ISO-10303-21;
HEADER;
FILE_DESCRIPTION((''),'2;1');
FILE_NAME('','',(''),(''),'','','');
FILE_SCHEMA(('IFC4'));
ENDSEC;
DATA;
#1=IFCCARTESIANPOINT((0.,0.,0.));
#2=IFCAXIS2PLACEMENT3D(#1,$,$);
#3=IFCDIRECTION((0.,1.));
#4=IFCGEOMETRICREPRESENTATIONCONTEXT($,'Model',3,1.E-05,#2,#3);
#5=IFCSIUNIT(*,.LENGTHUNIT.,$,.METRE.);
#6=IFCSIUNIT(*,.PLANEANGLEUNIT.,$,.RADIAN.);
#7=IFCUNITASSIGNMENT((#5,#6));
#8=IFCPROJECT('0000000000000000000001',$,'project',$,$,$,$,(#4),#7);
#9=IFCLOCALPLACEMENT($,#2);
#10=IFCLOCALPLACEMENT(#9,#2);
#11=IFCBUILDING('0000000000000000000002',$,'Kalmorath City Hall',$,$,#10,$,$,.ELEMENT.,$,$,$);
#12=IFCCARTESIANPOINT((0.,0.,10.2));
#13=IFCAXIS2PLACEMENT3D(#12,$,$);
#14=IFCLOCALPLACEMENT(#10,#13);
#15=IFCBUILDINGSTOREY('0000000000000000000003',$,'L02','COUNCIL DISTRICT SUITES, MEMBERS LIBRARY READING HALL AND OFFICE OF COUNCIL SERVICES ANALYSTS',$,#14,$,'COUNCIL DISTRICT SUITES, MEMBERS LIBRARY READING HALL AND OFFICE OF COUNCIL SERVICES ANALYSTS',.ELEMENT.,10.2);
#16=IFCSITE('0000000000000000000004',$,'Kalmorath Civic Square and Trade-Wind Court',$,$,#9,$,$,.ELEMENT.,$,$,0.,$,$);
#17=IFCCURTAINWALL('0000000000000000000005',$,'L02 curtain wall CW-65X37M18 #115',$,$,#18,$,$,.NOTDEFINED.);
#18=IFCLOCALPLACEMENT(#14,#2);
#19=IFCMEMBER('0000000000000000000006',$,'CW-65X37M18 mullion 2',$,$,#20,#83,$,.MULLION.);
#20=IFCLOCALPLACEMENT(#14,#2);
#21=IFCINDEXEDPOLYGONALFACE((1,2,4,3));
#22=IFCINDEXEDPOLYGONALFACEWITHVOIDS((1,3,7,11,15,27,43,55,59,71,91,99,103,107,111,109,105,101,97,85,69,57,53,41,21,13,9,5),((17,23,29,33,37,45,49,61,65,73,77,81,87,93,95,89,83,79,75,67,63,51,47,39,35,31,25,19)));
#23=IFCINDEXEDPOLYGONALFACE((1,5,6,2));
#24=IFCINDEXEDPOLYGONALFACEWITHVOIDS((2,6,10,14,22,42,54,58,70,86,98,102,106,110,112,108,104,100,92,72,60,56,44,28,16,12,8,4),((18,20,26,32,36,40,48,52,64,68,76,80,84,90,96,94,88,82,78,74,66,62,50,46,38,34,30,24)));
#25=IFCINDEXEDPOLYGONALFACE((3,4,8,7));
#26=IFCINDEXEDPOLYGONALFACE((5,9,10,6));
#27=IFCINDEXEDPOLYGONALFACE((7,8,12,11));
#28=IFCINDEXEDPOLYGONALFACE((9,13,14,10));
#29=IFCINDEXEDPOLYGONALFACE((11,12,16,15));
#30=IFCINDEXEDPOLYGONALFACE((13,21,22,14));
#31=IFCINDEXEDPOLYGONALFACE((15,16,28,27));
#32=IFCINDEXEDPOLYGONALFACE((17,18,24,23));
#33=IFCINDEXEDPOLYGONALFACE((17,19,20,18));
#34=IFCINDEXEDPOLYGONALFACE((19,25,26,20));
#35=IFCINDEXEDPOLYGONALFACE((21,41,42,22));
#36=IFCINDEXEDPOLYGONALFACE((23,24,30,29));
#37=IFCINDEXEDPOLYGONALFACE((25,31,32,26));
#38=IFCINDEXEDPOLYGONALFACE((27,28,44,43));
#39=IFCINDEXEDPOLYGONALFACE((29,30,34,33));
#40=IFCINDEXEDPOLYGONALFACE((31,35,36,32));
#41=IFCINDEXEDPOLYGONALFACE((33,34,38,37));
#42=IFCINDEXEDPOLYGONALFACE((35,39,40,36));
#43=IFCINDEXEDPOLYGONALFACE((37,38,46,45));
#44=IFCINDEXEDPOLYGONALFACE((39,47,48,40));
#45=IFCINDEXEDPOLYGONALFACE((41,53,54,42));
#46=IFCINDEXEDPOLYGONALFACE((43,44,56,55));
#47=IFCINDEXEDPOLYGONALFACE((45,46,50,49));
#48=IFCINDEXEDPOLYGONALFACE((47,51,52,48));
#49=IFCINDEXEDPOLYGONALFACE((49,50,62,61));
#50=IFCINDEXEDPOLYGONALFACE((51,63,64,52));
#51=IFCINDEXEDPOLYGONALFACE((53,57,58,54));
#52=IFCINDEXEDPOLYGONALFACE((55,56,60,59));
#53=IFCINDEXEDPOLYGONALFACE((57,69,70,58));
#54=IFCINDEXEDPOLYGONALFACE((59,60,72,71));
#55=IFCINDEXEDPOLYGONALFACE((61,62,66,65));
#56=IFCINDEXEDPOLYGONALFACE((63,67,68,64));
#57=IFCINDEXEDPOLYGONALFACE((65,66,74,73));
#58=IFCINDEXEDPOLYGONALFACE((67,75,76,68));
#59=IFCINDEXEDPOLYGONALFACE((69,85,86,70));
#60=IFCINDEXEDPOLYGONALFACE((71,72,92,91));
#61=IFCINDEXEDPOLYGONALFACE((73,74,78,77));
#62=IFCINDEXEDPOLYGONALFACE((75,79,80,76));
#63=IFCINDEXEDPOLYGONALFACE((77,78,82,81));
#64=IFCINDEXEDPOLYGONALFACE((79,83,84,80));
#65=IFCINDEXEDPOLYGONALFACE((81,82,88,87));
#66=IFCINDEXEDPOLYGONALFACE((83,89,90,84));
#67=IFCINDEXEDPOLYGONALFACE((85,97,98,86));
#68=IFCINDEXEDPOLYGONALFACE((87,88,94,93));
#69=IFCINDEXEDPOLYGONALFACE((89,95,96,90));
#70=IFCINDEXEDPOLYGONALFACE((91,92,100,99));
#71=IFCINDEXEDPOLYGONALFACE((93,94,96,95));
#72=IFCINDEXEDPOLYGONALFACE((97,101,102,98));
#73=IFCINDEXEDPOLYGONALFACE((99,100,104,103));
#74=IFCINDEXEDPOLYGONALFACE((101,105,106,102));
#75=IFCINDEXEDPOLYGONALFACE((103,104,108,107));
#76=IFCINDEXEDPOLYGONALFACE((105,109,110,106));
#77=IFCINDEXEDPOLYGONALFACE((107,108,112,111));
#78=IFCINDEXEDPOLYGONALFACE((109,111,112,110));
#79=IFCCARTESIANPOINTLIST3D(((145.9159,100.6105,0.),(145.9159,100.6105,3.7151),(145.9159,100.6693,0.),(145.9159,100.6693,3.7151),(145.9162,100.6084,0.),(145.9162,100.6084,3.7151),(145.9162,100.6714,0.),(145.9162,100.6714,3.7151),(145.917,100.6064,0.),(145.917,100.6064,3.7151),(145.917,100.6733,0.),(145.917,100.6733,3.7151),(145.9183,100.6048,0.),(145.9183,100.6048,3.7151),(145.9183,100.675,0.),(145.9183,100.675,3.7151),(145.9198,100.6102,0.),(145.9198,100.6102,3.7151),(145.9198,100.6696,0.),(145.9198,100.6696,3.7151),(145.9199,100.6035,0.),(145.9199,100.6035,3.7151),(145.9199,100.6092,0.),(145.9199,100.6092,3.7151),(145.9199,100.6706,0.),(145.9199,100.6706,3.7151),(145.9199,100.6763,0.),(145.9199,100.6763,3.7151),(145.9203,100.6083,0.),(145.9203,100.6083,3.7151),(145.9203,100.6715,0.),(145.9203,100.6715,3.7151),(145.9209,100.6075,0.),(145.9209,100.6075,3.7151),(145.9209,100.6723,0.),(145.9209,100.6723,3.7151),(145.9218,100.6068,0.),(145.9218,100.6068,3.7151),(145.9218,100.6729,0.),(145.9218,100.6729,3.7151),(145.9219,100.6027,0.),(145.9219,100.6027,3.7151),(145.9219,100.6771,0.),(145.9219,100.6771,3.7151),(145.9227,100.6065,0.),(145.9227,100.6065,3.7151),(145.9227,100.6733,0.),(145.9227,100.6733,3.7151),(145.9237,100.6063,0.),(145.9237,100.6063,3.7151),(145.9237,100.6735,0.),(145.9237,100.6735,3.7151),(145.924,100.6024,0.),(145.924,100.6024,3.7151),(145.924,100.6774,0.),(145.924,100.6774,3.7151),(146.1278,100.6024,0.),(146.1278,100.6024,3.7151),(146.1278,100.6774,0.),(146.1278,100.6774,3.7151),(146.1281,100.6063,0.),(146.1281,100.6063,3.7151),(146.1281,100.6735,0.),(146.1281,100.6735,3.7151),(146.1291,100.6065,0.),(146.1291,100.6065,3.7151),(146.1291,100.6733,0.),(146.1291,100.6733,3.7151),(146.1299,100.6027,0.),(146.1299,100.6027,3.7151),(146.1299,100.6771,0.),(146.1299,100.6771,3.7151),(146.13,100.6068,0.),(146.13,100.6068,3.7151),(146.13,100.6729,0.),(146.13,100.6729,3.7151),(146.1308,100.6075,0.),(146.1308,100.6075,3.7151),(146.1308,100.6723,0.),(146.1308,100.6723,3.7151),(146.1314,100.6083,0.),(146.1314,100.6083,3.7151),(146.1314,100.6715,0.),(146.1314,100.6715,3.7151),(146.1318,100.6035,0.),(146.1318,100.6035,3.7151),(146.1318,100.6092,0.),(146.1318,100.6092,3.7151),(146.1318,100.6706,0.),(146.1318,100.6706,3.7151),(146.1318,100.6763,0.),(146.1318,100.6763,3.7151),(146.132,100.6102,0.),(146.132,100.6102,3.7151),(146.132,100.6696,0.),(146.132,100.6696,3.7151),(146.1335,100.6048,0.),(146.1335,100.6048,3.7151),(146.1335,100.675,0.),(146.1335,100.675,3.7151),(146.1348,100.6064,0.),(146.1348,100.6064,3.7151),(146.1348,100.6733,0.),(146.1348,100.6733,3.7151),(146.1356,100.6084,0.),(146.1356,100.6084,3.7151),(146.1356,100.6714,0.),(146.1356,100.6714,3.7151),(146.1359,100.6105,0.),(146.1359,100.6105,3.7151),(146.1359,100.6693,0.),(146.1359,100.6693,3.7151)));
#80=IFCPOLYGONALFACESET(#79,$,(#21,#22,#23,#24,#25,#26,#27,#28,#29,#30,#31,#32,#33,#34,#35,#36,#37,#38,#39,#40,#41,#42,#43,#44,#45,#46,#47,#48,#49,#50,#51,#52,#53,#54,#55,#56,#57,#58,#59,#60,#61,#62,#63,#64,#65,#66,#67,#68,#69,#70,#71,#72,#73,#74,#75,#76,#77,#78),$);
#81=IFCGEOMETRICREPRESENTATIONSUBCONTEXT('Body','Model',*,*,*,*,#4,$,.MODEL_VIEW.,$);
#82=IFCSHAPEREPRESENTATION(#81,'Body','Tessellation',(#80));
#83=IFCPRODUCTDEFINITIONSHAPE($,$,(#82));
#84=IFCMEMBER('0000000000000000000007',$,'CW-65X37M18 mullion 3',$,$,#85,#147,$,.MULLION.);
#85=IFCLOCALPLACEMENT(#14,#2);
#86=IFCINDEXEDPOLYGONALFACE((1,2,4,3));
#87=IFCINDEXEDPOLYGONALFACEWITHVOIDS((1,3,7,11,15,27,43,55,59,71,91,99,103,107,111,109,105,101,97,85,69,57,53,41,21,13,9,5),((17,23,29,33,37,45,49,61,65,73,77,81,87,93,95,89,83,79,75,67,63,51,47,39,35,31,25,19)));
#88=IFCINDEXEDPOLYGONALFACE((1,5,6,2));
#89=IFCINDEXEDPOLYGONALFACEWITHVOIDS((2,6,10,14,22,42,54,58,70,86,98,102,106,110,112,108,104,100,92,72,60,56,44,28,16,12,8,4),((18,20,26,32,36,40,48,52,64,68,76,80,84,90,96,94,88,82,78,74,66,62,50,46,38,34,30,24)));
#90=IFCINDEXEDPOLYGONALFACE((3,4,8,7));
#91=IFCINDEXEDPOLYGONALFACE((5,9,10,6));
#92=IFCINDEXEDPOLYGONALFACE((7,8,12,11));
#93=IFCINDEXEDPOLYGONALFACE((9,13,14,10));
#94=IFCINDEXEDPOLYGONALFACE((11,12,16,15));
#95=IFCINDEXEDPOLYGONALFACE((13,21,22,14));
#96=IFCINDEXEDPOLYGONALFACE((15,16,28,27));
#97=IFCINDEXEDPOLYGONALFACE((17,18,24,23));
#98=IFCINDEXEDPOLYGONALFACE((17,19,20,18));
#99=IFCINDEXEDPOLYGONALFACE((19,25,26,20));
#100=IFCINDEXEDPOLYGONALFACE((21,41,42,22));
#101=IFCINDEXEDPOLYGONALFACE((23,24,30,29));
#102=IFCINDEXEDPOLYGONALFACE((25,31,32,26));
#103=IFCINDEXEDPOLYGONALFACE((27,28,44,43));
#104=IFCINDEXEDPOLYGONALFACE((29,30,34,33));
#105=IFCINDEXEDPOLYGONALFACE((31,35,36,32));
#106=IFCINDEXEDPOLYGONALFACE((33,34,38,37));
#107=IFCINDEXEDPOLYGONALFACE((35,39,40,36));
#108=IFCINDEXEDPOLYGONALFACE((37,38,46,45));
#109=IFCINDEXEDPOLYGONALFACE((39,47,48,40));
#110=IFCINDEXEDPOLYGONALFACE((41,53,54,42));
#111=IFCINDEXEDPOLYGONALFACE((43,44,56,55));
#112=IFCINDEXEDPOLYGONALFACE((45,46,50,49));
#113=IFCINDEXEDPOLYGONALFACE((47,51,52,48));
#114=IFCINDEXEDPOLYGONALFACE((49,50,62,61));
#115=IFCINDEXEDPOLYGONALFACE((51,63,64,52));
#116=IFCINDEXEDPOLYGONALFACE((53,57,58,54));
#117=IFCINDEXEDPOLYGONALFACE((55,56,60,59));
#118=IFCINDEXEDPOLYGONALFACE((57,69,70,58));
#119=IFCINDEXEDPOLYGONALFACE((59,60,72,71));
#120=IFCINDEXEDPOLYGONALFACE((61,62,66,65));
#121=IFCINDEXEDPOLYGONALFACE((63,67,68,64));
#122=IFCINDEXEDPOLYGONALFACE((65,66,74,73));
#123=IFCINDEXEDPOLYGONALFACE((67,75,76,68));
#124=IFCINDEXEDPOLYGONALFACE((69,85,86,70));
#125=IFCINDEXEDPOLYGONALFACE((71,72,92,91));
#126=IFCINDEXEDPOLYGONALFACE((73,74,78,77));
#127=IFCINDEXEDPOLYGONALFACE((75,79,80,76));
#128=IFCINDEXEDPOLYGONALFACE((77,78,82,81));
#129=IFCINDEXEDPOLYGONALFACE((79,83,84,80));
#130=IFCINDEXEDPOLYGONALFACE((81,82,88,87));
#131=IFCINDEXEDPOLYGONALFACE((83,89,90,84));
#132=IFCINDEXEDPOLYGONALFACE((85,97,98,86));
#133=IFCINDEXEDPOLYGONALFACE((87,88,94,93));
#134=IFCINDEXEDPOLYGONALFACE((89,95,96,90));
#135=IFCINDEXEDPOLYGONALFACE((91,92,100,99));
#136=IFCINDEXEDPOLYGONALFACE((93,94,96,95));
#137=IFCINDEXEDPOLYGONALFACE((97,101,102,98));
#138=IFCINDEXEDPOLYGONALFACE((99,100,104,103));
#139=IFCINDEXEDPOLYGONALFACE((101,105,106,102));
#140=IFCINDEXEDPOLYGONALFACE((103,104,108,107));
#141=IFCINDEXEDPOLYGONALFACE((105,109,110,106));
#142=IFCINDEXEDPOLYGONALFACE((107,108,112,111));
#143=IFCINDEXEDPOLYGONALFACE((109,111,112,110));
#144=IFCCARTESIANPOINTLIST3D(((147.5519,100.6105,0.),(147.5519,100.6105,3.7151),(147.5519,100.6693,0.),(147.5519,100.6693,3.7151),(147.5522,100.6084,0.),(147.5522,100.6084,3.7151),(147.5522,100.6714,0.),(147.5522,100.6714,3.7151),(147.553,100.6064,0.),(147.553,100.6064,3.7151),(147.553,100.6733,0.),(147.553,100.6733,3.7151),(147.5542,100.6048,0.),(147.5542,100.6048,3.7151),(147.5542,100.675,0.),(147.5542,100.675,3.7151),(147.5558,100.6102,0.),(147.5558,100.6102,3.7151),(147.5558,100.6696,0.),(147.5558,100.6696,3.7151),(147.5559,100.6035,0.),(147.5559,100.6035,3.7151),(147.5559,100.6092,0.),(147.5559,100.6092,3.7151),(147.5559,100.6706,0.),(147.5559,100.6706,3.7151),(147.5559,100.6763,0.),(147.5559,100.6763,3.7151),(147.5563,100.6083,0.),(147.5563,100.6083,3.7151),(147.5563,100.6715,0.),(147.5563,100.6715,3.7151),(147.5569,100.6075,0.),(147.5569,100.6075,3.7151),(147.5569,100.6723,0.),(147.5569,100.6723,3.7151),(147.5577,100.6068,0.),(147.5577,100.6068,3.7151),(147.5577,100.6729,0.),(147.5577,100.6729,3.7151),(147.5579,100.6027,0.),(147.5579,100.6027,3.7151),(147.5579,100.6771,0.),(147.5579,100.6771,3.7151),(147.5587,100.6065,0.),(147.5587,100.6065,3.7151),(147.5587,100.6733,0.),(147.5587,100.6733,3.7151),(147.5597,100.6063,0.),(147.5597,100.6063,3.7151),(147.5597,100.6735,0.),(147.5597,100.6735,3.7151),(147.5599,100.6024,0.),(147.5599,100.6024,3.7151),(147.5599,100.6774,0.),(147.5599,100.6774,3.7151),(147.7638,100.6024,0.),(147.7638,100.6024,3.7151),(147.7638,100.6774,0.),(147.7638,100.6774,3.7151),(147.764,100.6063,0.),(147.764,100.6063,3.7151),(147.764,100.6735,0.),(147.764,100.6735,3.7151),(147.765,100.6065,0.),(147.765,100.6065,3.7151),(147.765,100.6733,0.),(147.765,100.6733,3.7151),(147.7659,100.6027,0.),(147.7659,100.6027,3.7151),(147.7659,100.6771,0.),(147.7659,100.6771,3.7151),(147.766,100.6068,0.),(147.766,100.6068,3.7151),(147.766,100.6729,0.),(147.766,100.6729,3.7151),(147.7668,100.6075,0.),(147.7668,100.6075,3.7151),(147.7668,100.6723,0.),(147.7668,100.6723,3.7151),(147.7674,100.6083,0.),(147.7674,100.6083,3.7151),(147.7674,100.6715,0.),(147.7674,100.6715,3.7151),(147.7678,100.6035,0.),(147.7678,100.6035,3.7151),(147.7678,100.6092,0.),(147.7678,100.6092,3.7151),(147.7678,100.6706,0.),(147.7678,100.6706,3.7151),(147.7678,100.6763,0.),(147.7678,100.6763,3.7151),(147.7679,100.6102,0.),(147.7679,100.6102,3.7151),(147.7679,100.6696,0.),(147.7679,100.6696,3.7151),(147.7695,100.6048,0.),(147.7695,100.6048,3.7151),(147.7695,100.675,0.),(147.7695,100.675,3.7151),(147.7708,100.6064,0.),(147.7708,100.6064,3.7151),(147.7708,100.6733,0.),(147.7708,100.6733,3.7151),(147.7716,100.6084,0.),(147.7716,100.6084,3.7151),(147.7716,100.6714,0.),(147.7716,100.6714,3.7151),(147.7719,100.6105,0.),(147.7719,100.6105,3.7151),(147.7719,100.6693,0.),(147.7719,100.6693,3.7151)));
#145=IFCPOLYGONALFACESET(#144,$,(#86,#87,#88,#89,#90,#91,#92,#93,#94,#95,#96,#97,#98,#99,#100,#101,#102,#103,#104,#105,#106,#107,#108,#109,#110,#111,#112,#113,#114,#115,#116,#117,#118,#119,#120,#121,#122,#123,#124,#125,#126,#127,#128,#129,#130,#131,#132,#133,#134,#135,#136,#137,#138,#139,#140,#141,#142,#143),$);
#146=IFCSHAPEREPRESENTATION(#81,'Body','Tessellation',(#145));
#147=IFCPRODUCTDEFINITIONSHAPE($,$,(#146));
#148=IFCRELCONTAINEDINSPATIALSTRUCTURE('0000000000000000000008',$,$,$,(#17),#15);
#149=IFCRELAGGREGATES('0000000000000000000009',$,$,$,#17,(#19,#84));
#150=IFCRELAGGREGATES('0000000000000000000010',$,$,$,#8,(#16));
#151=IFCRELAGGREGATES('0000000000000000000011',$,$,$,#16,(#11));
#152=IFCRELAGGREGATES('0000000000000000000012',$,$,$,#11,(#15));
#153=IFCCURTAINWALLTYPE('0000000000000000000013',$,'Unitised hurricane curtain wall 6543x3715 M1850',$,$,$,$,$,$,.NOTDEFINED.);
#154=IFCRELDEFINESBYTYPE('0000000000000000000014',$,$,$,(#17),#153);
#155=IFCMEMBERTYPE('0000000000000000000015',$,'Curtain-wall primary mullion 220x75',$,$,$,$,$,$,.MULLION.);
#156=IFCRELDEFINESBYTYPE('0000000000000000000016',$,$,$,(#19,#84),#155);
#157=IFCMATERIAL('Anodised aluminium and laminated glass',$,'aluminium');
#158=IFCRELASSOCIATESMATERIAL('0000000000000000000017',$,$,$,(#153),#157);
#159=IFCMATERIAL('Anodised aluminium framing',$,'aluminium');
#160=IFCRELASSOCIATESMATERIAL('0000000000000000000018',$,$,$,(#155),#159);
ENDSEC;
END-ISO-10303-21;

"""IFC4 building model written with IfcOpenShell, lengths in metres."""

from ifc_helpers import new_model, si_unit, direction, frame, origin, origin_2d, place, context, subcontext, project, spatial, hollow_rectangle, extrude, material, material_profile, profile_set, type_object, element, aggregate, save


model = new_model("IFC4")

# Units and contexts
model_context = context("Model", 3, precision=1e-05, world=origin(), true_north=direction((0.0, 1.0)))
body_context = subcontext(model_context, "Body", "Model", "MODEL_VIEW")
ifc_project = project(units=[si_unit("LENGTHUNIT", "METRE"), si_unit("PLANEANGLEUNIT", "RADIAN")], contexts=[model_context])

# Site, building, storey
site_placement = place(None, origin())
site = spatial("IfcSite", under=ifc_project, at=site_placement, Name="Kalmorath Civic Square and Trade-Wind Court", CompositionType="ELEMENT", RefElevation=0.0)
building_placement = place(site_placement, origin())
building = spatial("IfcBuilding", under=site, at=building_placement, Name="Kalmorath City Hall", CompositionType="ELEMENT")
storey_placement = place(building_placement, frame((0.0, 0.0, 10.2)))
storey = spatial("IfcBuildingStorey", under=building, at=storey_placement, Name="L02", Description="COUNCIL DISTRICT SUITES, MEMBERS LIBRARY READING HALL AND OFFICE OF COUNCIL SERVICES ANALYSTS", LongName="COUNCIL DISTRICT SUITES, MEMBERS LIBRARY READING HALL AND OFFICE OF COUNCIL SERVICES ANALYSTS", CompositionType="ELEMENT", Elevation=10.2)

# Curtain wall, members
ifc_material_1 = material(Name="Anodised aluminium and laminated glass", Category="aluminium")
curtain_wall_type = type_object("IfcCurtainWallType", Name="Unitised hurricane curtain wall 6543x3715 M1850", PredefinedType="NOTDEFINED", material=ifc_material_1)
curtain_wall_placement = place(storey_placement, origin())
curtain_wall = element("IfcCurtainWall", 1, at=curtain_wall_placement, inside=storey, type_object=curtain_wall_type, Name="L02 curtain wall CW-65X37M18 #115", PredefinedType="NOTDEFINED")
ifc_material_2 = material(Name="Anodised aluminium framing", Category="aluminium")
ifc_material_profile_1 = material_profile(ifc_material_2, hollow_rectangle(XDim=0.075, YDim=0.22, WallThickness=0.0039, InnerFilletRadius=0.0039, OuterFilletRadius=0.0081, at=origin_2d()), Name="ALU-MUL-220X75X4")
ifc_profile_set_1 = profile_set([ifc_material_profile_1], Name="Anodised aluminium framing")
member_type_1 = type_object("IfcMemberType", Name="Curtain-wall primary mullion 220x75", PredefinedType="MULLION", material=ifc_profile_set_1)
member_1_placement = place(storey_placement, frame((146.0259, 100.6399, 0.0), z_axis=(0.0, 0.0, 1.0), x_axis=(0.0, 1.0, 0.0)))
member_1 = element("IfcMember", 2, at=member_1_placement, type_object=member_type_1, Name="CW-65X37M18 mullion 2", PredefinedType="MULLION", context=body_context, shape_type="SweptSolid", body=[
    extrude(hollow_rectangle(XDim=0.075, YDim=0.22, WallThickness=0.0039, InnerFilletRadius=0.0039, OuterFilletRadius=0.0081, at=origin_2d()), origin(), (0.0, 0.0, 1.0), 3.7151),
])
member_2_placement = place(storey_placement, frame((147.6619, 100.6399, 0.0), z_axis=(0.0, 0.0, 1.0), x_axis=(0.0, 1.0, 0.0)))
member_2 = element("IfcMember", 3, at=member_2_placement, type_object=member_type_1, Name="CW-65X37M18 mullion 3", PredefinedType="MULLION", context=body_context, shape_type="SweptSolid", body=[
    extrude(hollow_rectangle(XDim=0.075, YDim=0.22, WallThickness=0.0039, InnerFilletRadius=0.0039, OuterFilletRadius=0.0081, at=origin_2d()), origin(), (0.0, 0.0, 1.0), 3.7151),
])
aggregate(curtain_wall, [member_1, member_2])

save(model, "model.ifc")
